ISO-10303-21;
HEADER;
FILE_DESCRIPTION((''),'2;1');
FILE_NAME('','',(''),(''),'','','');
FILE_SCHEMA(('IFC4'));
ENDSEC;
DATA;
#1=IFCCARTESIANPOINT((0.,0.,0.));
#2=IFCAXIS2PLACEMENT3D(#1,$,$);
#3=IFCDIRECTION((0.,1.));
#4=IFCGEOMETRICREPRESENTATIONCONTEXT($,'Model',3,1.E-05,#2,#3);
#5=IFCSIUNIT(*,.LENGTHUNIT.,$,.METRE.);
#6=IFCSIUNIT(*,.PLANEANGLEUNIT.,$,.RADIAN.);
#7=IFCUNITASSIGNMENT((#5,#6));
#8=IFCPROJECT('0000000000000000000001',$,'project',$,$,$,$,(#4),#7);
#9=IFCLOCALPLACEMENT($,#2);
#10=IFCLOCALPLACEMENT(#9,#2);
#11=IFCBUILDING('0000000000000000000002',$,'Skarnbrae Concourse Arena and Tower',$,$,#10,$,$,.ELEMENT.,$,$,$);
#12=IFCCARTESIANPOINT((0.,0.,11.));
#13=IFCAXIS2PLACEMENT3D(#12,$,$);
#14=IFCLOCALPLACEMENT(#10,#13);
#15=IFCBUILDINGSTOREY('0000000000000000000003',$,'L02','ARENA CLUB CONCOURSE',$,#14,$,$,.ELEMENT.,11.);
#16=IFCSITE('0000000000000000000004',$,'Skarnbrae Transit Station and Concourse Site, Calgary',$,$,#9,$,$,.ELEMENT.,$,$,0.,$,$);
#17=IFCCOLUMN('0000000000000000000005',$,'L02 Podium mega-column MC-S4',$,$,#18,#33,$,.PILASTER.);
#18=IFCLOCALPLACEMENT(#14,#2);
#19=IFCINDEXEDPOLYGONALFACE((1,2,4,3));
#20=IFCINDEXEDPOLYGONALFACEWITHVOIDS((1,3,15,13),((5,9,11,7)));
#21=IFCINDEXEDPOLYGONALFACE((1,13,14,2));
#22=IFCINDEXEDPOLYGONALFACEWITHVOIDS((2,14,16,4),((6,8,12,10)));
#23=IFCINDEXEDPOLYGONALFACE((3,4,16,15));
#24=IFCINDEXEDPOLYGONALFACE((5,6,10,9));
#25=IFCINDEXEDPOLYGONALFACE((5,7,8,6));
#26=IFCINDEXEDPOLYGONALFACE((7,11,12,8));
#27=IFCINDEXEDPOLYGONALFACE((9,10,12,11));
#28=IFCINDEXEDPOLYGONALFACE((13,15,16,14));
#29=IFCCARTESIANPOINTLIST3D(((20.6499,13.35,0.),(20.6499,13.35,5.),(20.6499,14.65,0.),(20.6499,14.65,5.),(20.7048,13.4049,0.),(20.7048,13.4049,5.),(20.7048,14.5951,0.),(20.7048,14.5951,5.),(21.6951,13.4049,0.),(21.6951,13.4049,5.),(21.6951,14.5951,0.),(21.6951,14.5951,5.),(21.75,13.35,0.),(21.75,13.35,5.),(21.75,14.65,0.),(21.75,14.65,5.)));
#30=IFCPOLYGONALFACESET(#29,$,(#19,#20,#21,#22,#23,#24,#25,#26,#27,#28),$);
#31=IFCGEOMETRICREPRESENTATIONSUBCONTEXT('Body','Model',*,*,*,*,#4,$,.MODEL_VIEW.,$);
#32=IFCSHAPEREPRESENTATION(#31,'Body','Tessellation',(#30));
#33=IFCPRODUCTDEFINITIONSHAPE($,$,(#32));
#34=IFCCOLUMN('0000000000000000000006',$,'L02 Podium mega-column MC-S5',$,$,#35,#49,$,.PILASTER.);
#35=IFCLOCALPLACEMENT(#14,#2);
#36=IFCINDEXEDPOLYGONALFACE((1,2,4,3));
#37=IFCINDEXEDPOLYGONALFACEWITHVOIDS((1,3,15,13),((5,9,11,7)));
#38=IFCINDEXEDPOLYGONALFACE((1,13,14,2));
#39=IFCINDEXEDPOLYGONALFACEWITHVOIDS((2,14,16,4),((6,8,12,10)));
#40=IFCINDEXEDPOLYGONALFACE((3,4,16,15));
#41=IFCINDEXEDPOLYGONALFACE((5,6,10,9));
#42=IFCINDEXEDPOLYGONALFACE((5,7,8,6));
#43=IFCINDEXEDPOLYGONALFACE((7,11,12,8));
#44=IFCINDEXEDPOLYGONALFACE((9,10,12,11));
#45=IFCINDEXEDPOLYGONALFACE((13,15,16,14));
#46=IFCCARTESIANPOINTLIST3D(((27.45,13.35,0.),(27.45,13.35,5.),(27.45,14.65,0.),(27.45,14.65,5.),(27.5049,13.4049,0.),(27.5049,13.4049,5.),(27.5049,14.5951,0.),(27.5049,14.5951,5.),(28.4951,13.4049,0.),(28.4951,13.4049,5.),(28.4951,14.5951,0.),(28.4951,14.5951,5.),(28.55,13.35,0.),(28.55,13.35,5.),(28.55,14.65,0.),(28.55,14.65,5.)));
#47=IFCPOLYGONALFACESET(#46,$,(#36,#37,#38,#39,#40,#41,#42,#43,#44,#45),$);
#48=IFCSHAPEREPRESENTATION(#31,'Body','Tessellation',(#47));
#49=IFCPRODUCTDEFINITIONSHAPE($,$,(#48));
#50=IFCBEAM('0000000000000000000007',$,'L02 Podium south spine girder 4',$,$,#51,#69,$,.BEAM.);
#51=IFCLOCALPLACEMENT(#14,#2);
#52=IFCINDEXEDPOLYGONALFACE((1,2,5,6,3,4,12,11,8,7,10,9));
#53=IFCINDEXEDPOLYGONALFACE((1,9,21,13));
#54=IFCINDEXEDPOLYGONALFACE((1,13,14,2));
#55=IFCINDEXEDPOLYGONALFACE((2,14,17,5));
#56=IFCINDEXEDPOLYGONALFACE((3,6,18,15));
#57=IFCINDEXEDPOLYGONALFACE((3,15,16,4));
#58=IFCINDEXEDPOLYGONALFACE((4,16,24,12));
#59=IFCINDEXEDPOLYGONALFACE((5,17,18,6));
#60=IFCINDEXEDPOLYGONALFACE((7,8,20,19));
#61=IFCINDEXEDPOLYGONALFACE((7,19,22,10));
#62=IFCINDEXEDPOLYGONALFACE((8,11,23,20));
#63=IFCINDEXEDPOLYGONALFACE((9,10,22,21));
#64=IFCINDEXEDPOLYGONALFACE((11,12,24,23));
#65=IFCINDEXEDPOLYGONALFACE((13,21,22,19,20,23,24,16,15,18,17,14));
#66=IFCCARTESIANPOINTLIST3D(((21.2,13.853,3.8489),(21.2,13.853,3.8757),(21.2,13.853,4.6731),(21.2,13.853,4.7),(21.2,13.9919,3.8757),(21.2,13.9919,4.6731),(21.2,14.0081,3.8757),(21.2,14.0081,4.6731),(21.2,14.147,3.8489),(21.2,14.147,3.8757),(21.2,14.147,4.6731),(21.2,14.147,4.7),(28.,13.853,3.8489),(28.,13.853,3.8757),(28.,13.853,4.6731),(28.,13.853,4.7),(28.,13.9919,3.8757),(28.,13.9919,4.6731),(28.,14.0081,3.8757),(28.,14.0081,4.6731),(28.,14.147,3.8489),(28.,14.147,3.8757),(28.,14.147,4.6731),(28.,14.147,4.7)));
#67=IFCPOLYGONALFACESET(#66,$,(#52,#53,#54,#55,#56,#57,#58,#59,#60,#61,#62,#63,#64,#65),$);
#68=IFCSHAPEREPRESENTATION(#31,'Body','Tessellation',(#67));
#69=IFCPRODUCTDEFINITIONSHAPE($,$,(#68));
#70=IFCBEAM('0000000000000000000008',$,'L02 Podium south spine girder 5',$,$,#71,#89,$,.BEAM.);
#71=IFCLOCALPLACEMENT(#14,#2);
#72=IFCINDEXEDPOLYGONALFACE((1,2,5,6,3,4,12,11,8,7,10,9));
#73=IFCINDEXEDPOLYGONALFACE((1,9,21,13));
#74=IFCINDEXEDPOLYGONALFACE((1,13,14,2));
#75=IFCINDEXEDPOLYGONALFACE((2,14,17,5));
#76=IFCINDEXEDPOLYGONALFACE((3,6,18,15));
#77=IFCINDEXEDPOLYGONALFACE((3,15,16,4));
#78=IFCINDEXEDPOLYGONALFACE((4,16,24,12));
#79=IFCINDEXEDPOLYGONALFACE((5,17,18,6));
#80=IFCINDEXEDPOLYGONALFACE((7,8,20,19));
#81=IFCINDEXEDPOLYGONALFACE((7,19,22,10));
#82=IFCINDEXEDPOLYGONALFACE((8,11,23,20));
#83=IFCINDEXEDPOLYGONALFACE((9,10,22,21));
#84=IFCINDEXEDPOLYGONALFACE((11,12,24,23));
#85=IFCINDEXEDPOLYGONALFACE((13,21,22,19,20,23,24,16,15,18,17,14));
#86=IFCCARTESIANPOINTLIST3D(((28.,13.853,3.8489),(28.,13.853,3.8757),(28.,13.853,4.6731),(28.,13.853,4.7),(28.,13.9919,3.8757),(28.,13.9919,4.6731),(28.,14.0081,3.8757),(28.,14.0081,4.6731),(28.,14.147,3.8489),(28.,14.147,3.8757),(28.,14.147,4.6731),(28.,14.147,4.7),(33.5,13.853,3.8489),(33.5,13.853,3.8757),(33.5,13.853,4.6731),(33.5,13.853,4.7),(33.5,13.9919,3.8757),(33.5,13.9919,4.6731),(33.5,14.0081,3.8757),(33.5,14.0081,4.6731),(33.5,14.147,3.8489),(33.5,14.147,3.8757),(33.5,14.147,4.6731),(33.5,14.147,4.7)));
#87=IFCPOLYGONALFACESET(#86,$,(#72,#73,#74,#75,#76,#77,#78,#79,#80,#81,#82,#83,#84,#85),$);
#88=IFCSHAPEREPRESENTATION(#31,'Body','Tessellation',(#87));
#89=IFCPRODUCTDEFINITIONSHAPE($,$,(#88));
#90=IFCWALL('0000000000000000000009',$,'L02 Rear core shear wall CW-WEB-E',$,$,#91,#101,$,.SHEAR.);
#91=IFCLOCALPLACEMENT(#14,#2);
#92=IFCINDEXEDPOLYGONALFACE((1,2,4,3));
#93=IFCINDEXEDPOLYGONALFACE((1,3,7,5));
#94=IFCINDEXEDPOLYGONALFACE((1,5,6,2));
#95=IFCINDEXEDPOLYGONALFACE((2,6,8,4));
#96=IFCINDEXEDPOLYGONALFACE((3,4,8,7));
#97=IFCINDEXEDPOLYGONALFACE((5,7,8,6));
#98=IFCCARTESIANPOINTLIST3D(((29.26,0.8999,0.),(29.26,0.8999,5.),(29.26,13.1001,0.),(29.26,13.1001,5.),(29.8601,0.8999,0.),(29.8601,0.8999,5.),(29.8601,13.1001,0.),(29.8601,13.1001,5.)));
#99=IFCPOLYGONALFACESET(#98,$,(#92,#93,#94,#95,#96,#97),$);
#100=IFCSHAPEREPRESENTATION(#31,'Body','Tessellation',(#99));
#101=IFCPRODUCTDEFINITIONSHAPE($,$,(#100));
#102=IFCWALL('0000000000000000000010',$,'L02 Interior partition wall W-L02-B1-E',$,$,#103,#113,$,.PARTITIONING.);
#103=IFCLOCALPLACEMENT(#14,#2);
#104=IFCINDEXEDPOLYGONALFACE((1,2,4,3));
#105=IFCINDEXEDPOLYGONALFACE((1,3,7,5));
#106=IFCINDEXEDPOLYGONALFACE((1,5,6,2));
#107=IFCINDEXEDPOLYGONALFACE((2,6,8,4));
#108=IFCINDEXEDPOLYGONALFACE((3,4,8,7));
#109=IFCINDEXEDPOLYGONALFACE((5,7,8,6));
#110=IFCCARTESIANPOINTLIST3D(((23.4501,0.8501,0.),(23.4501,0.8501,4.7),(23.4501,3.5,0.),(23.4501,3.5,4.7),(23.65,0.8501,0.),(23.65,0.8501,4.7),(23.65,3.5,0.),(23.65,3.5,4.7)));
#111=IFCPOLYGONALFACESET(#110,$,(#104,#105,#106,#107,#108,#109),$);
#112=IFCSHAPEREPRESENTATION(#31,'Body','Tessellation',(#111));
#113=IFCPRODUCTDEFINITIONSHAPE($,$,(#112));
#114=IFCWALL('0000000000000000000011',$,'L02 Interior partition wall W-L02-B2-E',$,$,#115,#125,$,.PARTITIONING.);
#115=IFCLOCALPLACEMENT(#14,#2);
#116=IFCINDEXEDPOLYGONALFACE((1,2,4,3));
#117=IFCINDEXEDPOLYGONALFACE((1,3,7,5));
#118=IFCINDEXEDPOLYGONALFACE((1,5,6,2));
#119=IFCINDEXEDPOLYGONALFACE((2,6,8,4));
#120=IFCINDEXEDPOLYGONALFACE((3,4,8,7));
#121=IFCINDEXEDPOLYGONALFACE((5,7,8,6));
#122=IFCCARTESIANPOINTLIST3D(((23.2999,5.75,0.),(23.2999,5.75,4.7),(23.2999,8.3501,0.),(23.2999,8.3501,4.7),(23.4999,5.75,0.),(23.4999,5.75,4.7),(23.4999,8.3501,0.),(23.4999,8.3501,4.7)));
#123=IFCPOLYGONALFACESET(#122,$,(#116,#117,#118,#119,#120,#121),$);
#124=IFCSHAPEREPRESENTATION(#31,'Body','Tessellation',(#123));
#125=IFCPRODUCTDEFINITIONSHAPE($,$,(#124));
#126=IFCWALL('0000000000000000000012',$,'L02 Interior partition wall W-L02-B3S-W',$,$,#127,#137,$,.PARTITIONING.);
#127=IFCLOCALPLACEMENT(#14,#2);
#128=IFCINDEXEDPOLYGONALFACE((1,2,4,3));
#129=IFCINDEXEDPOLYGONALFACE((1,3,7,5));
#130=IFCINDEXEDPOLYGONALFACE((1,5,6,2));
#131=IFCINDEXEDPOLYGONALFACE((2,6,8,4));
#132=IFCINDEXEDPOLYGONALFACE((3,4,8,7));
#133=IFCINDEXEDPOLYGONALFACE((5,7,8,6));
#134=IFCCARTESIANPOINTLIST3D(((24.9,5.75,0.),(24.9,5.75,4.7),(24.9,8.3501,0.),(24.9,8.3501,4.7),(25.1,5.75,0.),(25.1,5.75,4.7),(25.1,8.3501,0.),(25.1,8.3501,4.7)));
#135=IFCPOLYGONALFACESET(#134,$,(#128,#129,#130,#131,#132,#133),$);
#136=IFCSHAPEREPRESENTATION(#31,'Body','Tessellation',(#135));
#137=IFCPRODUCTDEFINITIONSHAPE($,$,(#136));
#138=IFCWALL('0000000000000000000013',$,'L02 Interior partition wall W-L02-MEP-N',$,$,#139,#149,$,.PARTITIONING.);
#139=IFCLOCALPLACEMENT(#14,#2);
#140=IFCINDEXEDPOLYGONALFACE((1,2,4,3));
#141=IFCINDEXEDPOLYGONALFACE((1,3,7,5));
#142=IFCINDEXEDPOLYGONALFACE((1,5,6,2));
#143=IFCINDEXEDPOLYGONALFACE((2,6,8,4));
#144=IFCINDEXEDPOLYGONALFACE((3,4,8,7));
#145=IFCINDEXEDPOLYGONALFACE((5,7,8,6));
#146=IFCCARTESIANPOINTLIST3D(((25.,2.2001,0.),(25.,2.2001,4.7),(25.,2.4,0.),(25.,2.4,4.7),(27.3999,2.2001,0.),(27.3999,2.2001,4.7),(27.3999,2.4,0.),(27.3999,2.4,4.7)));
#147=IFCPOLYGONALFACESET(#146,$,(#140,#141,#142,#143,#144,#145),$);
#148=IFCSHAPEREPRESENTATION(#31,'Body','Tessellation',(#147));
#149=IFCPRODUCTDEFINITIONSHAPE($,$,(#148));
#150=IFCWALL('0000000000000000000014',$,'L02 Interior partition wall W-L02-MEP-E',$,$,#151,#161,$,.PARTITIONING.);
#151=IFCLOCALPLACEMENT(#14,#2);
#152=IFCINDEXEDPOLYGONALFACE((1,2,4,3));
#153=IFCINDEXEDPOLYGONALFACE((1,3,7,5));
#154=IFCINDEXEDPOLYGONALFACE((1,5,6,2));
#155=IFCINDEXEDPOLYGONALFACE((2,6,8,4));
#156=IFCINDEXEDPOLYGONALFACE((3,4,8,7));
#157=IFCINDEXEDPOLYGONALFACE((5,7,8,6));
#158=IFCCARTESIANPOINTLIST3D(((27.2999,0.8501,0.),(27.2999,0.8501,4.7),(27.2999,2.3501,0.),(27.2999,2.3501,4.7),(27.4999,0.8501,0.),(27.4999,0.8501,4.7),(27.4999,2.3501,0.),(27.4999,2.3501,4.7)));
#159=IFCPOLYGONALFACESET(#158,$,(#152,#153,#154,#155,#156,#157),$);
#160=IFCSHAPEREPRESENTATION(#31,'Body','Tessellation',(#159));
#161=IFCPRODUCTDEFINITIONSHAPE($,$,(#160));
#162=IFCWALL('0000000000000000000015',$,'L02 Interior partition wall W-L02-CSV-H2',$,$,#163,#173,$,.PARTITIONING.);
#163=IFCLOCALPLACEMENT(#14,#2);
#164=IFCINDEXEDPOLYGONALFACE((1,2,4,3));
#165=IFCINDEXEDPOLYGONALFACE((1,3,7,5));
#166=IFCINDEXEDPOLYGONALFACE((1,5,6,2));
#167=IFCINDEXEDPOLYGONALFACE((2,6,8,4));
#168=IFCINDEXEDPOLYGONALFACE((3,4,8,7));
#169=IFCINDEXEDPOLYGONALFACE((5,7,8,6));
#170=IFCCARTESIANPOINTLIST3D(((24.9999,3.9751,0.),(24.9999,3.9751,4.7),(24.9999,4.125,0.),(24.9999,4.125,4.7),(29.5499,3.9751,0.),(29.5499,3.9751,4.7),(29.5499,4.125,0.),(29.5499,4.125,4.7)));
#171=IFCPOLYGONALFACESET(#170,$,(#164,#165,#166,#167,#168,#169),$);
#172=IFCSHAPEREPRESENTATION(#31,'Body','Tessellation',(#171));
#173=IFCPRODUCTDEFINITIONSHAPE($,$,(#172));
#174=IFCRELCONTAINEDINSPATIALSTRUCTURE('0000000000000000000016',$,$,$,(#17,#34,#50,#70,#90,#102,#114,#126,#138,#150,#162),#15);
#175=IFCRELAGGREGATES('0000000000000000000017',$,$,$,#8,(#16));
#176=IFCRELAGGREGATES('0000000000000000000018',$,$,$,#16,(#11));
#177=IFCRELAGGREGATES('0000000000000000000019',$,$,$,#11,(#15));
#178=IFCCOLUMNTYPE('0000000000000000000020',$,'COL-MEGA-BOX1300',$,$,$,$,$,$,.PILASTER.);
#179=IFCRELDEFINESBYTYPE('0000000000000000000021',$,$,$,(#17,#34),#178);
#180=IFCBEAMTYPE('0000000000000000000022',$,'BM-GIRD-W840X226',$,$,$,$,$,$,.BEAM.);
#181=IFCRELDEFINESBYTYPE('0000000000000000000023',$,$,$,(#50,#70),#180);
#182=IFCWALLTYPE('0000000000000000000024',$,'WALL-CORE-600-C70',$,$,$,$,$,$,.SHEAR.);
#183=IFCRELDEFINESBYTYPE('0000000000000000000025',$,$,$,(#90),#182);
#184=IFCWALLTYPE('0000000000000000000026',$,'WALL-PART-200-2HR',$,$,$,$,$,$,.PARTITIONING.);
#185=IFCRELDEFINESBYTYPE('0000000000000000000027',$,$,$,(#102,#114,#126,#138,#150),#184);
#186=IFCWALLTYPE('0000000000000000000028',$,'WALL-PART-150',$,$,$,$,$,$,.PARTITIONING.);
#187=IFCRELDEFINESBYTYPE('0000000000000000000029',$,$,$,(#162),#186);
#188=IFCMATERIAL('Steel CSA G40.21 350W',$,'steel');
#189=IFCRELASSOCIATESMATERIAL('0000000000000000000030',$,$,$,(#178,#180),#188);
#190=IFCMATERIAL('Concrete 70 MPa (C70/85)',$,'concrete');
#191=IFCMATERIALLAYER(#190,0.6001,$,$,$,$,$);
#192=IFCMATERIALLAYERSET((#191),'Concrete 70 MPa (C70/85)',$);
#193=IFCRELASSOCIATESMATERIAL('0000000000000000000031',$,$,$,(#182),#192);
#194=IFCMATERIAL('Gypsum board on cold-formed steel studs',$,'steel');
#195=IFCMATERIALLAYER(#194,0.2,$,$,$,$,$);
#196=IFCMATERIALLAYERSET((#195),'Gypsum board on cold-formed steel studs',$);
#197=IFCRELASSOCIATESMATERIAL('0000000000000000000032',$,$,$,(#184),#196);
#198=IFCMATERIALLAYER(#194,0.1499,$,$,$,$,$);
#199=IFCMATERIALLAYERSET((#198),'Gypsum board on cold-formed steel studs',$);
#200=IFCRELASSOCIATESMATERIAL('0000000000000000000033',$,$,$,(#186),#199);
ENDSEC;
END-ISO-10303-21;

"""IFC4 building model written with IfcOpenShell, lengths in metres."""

from ifc_helpers import new_model, si_unit, direction, frame, frame_2d, origin, origin_2d, place, context, subcontext, project, spatial, rectangle, hollow_rectangle, i_section, extrude, source, transform, mapped, material, layer, layer_set, material_profile, profile_set, type_object, element, save


model = new_model("IFC4")

# Units and contexts
model_context = context("Model", 3, precision=1e-05, world=origin(), true_north=direction((0.0, 1.0)))
body_context = subcontext(model_context, "Body", "Model", "MODEL_VIEW")
ifc_project = project(units=[si_unit("LENGTHUNIT", "METRE"), si_unit("PLANEANGLEUNIT", "RADIAN")], contexts=[model_context])

# Site, building, storey
site_placement = place(None, origin())
site = spatial("IfcSite", under=ifc_project, at=site_placement, Name="Skarnbrae Transit Station and Concourse Site, Calgary", CompositionType="ELEMENT", RefElevation=0.0)
building_placement = place(site_placement, origin())
building = spatial("IfcBuilding", under=site, at=building_placement, Name="Skarnbrae Concourse Arena and Tower", CompositionType="ELEMENT")
storey_placement = place(building_placement, frame((0.0, 0.0, 11.0)))
storey = spatial("IfcBuildingStorey", under=building, at=storey_placement, Name="L02", Description="ARENA CLUB CONCOURSE", CompositionType="ELEMENT", Elevation=11.0)

# Columns
ifc_material_1 = material(Name="Steel CSA G40.21 350W", Category="steel")
ifc_material_profile_1 = material_profile(ifc_material_1, hollow_rectangle(XDim=1.1001, YDim=1.3, WallThickness=0.0549, at=origin_2d()), Name="BOX1300X1100X55")
ifc_profile_set_1 = profile_set([ifc_material_profile_1], Name="Steel CSA G40.21 350W")
column_type = type_object("IfcColumnType", Name="COL-MEGA-BOX1300", PredefinedType="PILASTER", material=ifc_profile_set_1)
shared_shape_1 = source(origin(), body_context, "Body", "SweptSolid", [
    extrude(hollow_rectangle(XDim=1.1001, YDim=1.3, WallThickness=0.0549, at=origin_2d()), origin(), (0.0, 0.0, 1.0), 5.0),
])
for number, where, z_axis, x_axis, name in (
    (1, (21.2, 14.0, 0.0), (0.0, 0.0, 1.0), (1.0, 0.0, 0.0), "L02 Podium mega-column MC-S4"),
    (2, (28.0, 14.0, 0.0), (0.0, 0.0, 1.0), (1.0, 0.0, 0.0), "L02 Podium mega-column MC-S5"),
):
    element("IfcColumn", number, at=place(storey_placement, frame(where, z_axis=z_axis, x_axis=x_axis)), inside=storey, type_object=column_type, Name=name, PredefinedType="PILASTER", context=body_context, shape_type="MappedRepresentation", body=[
        mapped(shared_shape_1, transform((0.0, 0.0, 0.0))),
    ])

# Beams
ifc_material_profile_2 = material_profile(ifc_material_1, i_section(OverallWidth=0.2939, OverallDepth=0.8511, WebThickness=0.0161, FlangeThickness=0.0269, at=origin_2d()), Name="W840X226")
ifc_profile_set_2 = profile_set([ifc_material_profile_2], Name="Steel CSA G40.21 350W")
beam_type = type_object("IfcBeamType", Name="BM-GIRD-W840X226", PredefinedType="BEAM", material=ifc_profile_set_2)
shared_shape_2 = source(origin(), body_context, "Body", "SweptSolid", [
    extrude(i_section(OverallWidth=0.2939, OverallDepth=0.8511, WebThickness=0.0161, FlangeThickness=0.0269, at=origin_2d()), origin(), (0.0, 0.0, 1.0), 6.8),
])
beam_1_placement = place(storey_placement, frame((21.2, 14.0, 4.2744), z_axis=(1.0, 0.0, 0.0), x_axis=(0.0, 1.0, 0.0)))
element("IfcBeam", 3, at=beam_1_placement, inside=storey, type_object=beam_type, Name="L02 Podium south spine girder 4", PredefinedType="BEAM", context=body_context, shape_type="MappedRepresentation", body=[
    mapped(shared_shape_2, transform((0.0, 0.0, 0.0))),
])
shared_shape_3 = source(origin(), body_context, "Body", "SweptSolid", [
    extrude(i_section(OverallWidth=0.2939, OverallDepth=0.8511, WebThickness=0.0161, FlangeThickness=0.0269, at=origin_2d()), origin(), (0.0, 0.0, 1.0), 5.5),
])
beam_2_placement = place(storey_placement, frame((28.0, 14.0, 4.2744), z_axis=(1.0, 0.0, 0.0), x_axis=(0.0, 1.0, 0.0)))
element("IfcBeam", 4, at=beam_2_placement, inside=storey, type_object=beam_type, Name="L02 Podium south spine girder 5", PredefinedType="BEAM", context=body_context, shape_type="MappedRepresentation", body=[
    mapped(shared_shape_3, transform((0.0, 0.0, 0.0))),
])

# Wall
ifc_material_2 = material(Name="Concrete 70 MPa (C70/85)", Category="concrete")
ifc_layer_1 = layer(ifc_material_2, 0.6001)
ifc_layer_set_1 = layer_set([ifc_layer_1], Name="Concrete 70 MPa (C70/85)")
wall_type_1 = type_object("IfcWallType", Name="WALL-CORE-600-C70", PredefinedType="SHEAR", material=ifc_layer_set_1)
shared_shape_4 = source(origin(), body_context, "Body", "SweptSolid", [
    extrude(rectangle(XDim=12.2002, YDim=0.6001, at=frame_2d((6.1001, 0.0))), origin(), (0.0, 0.0, 1.0), 5.0),
])
wall_1_placement = place(storey_placement, frame((29.5601, 0.8999, 0.0), z_axis=(0.0, 0.0, 1.0), x_axis=(0.0, 1.0, 0.0)))
element("IfcWall", 5, at=wall_1_placement, inside=storey, type_object=wall_type_1, Name="L02 Rear core shear wall CW-WEB-E", PredefinedType="SHEAR", context=body_context, shape_type="MappedRepresentation", body=[
    mapped(shared_shape_4, transform((0.0, 0.0, 0.0))),
])

# Walls
ifc_material_3 = material(Name="Gypsum board on cold-formed steel studs", Category="steel")
ifc_layer_2 = layer(ifc_material_3, 0.2)
ifc_layer_set_2 = layer_set([ifc_layer_2], Name="Gypsum board on cold-formed steel studs")
wall_type_2 = type_object("IfcWallType", Name="WALL-PART-200-2HR", PredefinedType="PARTITIONING", material=ifc_layer_set_2)
shared_shape_5 = source(origin(), body_context, "Body", "SweptSolid", [
    extrude(rectangle(XDim=2.6499, YDim=0.2, at=frame_2d((1.325, 0.0))), origin(), (0.0, 0.0, 1.0), 4.7),
])
wall_2_placement = place(storey_placement, frame((23.55, 0.8501, 0.0), z_axis=(0.0, 0.0, 1.0), x_axis=(0.0, 1.0, 0.0)))
element("IfcWall", 6, at=wall_2_placement, inside=storey, type_object=wall_type_2, Name="L02 Interior partition wall W-L02-B1-E", PredefinedType="PARTITIONING", context=body_context, shape_type="MappedRepresentation", body=[
    mapped(shared_shape_5, transform((0.0, 0.0, 0.0))),
])
shared_shape_6 = source(origin(), body_context, "Body", "SweptSolid", [
    extrude(rectangle(XDim=2.6001, YDim=0.2, at=frame_2d((1.3, 0.0))), origin(), (0.0, 0.0, 1.0), 4.7),
])
for number, where, z_axis, x_axis, name in (
    (7, (23.3999, 5.75, 0.0), (0.0, 0.0, 1.0), (0.0, 1.0, 0.0), "L02 Interior partition wall W-L02-B2-E"),
    (8, (25.0, 5.75, 0.0), (0.0, 0.0, 1.0), (0.0, 1.0, 0.0), "L02 Interior partition wall W-L02-B3S-W"),
):
    element("IfcWall", number, at=place(storey_placement, frame(where, z_axis=z_axis, x_axis=x_axis)), inside=storey, type_object=wall_type_2, Name=name, PredefinedType="PARTITIONING", context=body_context, shape_type="MappedRepresentation", body=[
        mapped(shared_shape_6, transform((0.0, 0.0, 0.0))),
    ])

# Walls
shared_shape_7 = source(origin(), body_context, "Body", "SweptSolid", [
    extrude(rectangle(XDim=2.3999, YDim=0.2, at=frame_2d((1.2, 0.0))), origin(), (0.0, 0.0, 1.0), 4.7),
])
wall_3_placement = place(storey_placement, frame((25.0, 2.3, 0.0), z_axis=(0.0, 0.0, 1.0), x_axis=(1.0, 0.0, 0.0)))
element("IfcWall", 9, at=wall_3_placement, inside=storey, type_object=wall_type_2, Name="L02 Interior partition wall W-L02-MEP-N", PredefinedType="PARTITIONING", context=body_context, shape_type="MappedRepresentation", body=[
    mapped(shared_shape_7, transform((0.0, 0.0, 0.0))),
])
shared_shape_8 = source(origin(), body_context, "Body", "SweptSolid", [
    extrude(rectangle(XDim=1.5, YDim=0.2, at=frame_2d((0.75, 0.0))), origin(), (0.0, 0.0, 1.0), 4.7),
])
wall_4_placement = place(storey_placement, frame((27.3999, 0.8501, 0.0), z_axis=(0.0, 0.0, 1.0), x_axis=(0.0, 1.0, 0.0)))
element("IfcWall", 10, at=wall_4_placement, inside=storey, type_object=wall_type_2, Name="L02 Interior partition wall W-L02-MEP-E", PredefinedType="PARTITIONING", context=body_context, shape_type="MappedRepresentation", body=[
    mapped(shared_shape_8, transform((0.0, 0.0, 0.0))),
])
ifc_layer_3 = layer(ifc_material_3, 0.1499)
ifc_layer_set_3 = layer_set([ifc_layer_3], Name="Gypsum board on cold-formed steel studs")
wall_type_3 = type_object("IfcWallType", Name="WALL-PART-150", PredefinedType="PARTITIONING", material=ifc_layer_set_3)
shared_shape_9 = source(origin(), body_context, "Body", "SweptSolid", [
    extrude(rectangle(XDim=4.55, YDim=0.1499, at=frame_2d((2.2749, 0.0))), origin(), (0.0, 0.0, 1.0), 4.7),
])
wall_5_placement = place(storey_placement, frame((25.0, 4.05, 0.0), z_axis=(0.0, 0.0, 1.0), x_axis=(1.0, 0.0, 0.0)))
element("IfcWall", 11, at=wall_5_placement, inside=storey, type_object=wall_type_3, Name="L02 Interior partition wall W-L02-CSV-H2", PredefinedType="PARTITIONING", context=body_context, shape_type="MappedRepresentation", body=[
    mapped(shared_shape_9, transform((0.0, 0.0, 0.0))),
])

save(model, "model.ifc")
